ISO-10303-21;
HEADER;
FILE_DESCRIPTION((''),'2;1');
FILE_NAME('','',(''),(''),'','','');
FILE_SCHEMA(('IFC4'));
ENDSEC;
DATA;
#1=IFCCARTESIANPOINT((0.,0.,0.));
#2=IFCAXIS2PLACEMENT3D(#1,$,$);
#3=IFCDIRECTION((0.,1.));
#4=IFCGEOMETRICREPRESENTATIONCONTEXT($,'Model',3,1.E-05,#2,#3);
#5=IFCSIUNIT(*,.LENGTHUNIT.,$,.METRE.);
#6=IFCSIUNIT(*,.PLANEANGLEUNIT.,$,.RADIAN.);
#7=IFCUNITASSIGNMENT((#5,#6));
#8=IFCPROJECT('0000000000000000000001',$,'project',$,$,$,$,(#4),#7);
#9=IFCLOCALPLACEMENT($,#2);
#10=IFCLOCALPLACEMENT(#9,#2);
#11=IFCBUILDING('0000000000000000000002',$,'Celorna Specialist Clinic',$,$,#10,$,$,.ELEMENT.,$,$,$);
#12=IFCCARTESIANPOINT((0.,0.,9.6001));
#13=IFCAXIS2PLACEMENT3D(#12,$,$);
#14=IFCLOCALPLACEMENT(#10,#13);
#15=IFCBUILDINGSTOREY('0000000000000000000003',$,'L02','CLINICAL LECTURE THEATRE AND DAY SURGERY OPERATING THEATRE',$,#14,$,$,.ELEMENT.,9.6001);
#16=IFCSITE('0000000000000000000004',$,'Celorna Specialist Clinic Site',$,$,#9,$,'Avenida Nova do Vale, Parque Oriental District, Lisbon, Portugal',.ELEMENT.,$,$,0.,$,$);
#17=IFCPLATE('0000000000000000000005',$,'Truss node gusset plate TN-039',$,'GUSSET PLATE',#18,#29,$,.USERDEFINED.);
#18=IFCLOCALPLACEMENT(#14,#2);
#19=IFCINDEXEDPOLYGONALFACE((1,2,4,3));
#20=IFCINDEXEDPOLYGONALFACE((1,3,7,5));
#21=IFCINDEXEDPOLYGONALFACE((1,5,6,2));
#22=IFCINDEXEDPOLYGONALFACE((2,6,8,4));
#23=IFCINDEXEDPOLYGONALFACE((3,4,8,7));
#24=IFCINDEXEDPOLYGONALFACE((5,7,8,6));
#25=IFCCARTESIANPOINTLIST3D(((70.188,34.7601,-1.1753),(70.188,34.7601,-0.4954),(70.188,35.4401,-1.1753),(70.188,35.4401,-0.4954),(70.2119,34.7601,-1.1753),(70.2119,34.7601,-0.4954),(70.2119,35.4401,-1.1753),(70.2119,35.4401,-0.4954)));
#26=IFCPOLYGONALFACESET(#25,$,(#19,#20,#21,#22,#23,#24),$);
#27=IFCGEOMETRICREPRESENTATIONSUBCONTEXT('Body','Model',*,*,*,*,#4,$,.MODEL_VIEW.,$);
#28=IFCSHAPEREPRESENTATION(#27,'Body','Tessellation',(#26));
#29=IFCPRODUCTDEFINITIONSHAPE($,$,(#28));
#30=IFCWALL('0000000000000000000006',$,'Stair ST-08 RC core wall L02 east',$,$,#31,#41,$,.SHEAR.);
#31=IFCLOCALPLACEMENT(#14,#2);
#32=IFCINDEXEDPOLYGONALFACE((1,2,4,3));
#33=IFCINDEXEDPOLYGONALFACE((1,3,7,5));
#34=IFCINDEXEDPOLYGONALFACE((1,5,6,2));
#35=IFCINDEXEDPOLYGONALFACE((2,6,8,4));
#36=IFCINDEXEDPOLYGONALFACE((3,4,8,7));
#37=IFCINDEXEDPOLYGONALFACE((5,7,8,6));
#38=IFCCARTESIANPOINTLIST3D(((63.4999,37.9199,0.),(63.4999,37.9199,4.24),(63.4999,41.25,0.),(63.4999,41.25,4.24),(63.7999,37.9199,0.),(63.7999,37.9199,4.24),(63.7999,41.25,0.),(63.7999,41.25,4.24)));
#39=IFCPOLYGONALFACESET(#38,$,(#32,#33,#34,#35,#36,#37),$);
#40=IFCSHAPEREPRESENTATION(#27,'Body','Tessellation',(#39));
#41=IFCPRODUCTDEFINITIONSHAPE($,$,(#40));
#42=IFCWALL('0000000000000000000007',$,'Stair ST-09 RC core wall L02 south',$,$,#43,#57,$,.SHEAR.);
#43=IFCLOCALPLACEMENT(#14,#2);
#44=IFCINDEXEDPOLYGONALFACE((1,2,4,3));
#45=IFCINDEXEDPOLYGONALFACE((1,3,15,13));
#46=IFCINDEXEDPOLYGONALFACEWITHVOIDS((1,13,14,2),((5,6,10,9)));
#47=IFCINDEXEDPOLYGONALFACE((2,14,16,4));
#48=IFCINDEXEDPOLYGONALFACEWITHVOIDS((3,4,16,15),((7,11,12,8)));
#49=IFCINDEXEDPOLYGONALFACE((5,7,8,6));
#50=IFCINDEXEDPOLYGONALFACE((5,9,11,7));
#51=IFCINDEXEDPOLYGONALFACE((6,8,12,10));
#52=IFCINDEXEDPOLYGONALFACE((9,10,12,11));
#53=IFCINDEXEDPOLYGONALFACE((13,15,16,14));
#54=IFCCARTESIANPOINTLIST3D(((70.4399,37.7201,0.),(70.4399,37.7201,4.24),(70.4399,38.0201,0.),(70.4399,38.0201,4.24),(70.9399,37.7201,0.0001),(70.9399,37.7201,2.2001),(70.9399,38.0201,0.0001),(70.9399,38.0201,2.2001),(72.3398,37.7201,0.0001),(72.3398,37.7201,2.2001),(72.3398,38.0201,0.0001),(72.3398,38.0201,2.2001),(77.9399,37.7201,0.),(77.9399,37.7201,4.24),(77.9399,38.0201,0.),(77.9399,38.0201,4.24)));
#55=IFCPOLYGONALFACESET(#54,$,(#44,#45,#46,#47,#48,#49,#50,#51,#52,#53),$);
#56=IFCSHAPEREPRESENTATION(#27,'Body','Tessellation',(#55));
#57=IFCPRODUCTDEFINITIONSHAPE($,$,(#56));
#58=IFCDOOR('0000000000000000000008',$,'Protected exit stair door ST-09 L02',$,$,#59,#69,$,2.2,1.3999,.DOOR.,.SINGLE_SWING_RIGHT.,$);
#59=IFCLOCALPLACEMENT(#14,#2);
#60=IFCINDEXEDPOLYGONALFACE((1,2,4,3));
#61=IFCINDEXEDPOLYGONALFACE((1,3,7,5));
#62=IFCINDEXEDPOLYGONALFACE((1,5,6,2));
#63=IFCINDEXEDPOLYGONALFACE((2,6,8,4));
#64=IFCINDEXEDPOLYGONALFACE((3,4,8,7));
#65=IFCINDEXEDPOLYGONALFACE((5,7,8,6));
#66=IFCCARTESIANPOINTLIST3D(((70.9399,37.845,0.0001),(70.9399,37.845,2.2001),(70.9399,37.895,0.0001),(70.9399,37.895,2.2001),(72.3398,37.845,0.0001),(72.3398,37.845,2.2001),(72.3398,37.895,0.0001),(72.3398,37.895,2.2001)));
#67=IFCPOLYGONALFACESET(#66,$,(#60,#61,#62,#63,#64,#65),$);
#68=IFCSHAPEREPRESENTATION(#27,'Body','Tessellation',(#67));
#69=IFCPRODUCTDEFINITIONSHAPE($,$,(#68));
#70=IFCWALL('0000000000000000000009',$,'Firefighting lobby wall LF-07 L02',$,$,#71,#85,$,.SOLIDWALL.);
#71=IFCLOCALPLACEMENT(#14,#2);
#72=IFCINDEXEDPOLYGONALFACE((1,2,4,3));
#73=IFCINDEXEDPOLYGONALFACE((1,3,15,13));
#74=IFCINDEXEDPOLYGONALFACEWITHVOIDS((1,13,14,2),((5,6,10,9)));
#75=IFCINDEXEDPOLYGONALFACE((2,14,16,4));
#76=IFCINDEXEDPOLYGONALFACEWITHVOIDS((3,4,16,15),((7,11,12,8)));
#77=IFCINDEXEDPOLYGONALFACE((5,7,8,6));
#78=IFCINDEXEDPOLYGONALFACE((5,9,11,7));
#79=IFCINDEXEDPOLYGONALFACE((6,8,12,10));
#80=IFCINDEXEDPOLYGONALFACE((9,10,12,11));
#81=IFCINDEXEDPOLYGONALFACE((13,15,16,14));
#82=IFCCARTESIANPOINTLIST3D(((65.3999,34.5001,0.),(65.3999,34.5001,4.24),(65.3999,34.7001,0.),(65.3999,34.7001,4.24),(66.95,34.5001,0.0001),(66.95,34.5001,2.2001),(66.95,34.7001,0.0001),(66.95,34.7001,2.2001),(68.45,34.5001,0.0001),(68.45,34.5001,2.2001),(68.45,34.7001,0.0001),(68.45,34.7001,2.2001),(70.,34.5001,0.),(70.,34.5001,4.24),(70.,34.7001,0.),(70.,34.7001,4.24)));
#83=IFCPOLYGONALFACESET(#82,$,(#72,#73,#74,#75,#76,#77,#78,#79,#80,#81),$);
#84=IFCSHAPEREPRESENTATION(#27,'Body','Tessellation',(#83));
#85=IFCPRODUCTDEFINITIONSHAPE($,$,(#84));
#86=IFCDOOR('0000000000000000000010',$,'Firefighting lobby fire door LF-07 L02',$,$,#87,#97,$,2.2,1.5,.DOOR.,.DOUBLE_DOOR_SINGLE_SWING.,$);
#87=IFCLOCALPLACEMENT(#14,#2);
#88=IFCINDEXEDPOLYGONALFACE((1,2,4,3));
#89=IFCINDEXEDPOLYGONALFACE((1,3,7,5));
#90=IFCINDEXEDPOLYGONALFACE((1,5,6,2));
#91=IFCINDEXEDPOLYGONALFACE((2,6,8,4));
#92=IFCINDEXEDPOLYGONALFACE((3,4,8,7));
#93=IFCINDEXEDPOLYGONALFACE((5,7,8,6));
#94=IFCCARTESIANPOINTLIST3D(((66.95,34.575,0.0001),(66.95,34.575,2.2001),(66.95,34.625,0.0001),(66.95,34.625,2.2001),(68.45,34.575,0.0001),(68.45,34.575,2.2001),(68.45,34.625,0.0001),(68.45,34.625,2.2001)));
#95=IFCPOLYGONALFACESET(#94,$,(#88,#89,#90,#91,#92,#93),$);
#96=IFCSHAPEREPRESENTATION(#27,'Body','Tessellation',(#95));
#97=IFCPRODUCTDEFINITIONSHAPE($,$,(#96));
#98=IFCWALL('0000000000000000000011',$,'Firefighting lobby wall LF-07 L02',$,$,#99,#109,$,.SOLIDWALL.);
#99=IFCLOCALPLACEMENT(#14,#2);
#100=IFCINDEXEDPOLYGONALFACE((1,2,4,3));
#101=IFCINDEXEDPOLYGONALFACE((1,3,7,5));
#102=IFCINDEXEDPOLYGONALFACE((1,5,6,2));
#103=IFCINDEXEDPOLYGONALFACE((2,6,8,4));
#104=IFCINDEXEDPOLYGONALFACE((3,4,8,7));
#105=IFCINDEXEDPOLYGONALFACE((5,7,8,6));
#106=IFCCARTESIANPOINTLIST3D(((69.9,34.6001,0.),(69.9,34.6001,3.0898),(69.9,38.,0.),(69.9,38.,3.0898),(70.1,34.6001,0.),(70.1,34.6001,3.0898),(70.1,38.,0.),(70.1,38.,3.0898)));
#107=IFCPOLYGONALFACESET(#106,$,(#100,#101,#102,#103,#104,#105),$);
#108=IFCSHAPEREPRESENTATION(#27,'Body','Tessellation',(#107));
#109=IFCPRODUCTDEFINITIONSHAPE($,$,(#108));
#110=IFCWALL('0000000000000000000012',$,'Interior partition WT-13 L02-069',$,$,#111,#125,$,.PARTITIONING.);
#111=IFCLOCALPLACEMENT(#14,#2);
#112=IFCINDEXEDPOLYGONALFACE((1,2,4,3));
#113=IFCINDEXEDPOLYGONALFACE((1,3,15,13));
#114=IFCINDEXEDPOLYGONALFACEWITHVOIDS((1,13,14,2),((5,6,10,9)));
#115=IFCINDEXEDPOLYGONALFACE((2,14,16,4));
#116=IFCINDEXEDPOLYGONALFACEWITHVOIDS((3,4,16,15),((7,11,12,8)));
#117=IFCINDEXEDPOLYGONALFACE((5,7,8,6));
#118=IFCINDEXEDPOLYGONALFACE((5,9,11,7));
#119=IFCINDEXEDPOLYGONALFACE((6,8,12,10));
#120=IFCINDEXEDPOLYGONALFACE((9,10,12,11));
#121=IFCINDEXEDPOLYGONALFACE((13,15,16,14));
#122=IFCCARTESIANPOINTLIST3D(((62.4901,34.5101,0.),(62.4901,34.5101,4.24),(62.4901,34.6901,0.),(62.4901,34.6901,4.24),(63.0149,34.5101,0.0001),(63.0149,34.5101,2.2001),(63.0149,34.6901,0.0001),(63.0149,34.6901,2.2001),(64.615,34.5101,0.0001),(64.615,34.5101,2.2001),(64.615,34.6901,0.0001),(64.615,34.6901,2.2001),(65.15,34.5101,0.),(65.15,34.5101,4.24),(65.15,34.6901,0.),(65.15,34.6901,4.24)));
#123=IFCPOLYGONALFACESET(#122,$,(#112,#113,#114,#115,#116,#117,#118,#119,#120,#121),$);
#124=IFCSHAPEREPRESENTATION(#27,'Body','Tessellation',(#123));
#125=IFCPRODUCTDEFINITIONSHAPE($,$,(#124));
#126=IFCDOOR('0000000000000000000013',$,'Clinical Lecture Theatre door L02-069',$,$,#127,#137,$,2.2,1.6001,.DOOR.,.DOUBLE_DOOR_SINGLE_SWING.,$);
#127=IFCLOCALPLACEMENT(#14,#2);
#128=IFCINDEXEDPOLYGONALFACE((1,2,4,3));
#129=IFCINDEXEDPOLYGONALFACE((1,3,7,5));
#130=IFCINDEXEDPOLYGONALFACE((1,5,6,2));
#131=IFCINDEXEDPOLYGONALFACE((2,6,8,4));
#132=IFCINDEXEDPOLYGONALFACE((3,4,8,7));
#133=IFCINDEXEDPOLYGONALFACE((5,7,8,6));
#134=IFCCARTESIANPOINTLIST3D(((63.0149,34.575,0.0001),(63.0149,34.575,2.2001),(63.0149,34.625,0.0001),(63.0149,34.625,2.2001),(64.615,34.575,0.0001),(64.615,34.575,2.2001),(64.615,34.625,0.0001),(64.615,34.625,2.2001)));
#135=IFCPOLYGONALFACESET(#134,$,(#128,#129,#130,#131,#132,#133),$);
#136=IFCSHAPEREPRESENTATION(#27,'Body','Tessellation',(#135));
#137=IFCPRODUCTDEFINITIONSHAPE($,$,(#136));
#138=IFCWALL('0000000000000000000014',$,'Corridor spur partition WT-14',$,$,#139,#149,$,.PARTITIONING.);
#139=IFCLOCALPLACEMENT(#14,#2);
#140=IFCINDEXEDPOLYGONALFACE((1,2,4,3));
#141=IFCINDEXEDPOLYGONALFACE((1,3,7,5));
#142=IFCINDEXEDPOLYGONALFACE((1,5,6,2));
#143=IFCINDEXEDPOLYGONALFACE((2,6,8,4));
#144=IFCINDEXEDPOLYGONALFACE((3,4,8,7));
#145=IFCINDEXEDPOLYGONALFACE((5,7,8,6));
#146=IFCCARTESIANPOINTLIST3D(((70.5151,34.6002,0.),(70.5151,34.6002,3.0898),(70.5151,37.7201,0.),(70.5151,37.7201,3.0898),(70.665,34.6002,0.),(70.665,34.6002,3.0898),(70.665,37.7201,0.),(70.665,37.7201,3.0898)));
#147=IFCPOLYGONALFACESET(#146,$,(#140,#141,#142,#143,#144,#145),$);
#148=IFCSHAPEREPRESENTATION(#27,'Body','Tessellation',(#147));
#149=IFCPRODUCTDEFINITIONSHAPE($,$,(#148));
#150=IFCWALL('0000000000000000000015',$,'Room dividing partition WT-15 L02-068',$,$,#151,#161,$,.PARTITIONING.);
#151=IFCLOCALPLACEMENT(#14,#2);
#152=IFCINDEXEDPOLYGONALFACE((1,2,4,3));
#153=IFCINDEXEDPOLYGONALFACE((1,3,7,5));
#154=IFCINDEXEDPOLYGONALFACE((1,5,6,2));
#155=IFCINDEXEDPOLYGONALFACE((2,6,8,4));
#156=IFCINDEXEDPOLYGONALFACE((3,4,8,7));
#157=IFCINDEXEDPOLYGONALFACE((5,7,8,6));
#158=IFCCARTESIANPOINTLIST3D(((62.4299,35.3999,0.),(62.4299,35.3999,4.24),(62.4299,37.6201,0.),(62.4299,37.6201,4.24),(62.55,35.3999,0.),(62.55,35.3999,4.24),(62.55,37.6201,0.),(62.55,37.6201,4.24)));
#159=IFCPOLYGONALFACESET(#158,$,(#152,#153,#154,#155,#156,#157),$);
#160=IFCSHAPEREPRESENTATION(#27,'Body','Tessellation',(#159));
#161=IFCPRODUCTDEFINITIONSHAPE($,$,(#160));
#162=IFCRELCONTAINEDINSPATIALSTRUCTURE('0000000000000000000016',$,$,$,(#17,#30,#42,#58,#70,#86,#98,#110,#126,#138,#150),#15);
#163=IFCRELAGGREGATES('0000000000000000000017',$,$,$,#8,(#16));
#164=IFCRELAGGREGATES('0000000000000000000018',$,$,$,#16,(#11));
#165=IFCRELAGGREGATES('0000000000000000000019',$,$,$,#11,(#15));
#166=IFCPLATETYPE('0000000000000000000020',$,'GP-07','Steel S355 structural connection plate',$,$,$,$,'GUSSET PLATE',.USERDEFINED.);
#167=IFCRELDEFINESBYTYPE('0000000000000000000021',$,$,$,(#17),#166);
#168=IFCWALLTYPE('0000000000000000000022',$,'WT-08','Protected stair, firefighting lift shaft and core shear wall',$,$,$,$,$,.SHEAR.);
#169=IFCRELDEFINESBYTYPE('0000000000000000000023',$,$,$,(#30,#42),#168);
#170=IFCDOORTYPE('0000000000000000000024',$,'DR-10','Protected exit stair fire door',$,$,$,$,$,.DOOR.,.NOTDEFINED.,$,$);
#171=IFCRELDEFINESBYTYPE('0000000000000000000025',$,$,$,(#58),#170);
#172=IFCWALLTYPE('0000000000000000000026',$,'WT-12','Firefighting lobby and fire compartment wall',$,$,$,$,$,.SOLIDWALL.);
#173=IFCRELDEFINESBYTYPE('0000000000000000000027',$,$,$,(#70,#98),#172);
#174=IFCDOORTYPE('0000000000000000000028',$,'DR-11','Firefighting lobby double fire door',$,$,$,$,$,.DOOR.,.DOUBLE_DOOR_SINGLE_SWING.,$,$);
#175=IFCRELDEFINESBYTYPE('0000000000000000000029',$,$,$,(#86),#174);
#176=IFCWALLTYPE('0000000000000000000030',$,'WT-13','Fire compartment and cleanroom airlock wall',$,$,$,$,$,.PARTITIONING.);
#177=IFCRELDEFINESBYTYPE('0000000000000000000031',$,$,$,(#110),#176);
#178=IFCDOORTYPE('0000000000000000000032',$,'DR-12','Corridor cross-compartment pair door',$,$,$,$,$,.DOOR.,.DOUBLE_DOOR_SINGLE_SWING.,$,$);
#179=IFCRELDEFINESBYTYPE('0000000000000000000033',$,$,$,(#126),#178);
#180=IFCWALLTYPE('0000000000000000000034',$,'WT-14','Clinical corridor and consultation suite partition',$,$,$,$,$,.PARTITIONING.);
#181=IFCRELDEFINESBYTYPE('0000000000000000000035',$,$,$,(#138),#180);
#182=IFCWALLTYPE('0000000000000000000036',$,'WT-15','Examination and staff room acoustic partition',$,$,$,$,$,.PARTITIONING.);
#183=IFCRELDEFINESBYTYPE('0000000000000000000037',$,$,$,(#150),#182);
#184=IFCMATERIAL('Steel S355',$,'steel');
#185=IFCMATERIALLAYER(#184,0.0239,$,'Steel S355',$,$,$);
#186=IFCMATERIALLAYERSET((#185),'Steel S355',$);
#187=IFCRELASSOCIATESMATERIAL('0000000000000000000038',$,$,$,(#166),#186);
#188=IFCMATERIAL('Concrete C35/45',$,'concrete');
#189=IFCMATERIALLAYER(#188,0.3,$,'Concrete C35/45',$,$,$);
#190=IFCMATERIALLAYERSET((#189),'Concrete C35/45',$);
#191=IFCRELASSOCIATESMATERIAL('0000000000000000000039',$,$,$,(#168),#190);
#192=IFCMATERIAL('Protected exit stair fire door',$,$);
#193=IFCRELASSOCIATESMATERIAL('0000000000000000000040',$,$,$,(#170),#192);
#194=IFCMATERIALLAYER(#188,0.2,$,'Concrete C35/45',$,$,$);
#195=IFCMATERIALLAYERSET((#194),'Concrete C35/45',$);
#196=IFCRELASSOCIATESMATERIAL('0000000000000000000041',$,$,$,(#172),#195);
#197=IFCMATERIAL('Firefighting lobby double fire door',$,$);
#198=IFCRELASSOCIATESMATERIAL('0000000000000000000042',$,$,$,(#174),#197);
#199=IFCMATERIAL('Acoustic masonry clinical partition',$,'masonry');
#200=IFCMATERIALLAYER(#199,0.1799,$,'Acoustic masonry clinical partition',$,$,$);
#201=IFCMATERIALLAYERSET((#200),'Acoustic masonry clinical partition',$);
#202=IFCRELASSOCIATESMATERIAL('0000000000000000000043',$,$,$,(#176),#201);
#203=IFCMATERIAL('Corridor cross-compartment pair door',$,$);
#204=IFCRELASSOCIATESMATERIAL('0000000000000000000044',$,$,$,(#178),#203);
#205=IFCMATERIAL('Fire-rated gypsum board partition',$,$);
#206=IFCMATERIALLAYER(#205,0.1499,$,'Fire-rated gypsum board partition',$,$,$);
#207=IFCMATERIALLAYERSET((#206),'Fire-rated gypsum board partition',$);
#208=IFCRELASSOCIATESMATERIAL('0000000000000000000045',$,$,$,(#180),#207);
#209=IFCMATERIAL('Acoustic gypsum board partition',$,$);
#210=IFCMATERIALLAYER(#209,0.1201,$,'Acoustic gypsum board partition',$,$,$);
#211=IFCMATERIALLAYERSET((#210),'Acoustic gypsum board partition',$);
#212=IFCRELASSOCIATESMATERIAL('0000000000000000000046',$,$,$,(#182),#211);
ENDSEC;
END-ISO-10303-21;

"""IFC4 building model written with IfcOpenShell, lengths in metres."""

from ifc_helpers import new_model, si_unit, direction, frame, frame_2d, origin, origin_2d, place, context, subcontext, project, spatial, rectangle, extrude, material, layer, layer_set, type_object, element, fill, save


model = new_model("IFC4")

# Units and contexts
model_context = context("Model", 3, precision=1e-05, world=origin(), true_north=direction((0.0, 1.0)))
body_context = subcontext(model_context, "Body", "Model", "MODEL_VIEW")
ifc_project = project(units=[si_unit("LENGTHUNIT", "METRE"), si_unit("PLANEANGLEUNIT", "RADIAN")], contexts=[model_context])

# Site, building, storey
site_placement = place(None, origin())
site = spatial("IfcSite", under=ifc_project, at=site_placement, Name="Celorna Specialist Clinic Site", LongName="Avenida Nova do Vale, Parque Oriental District, Lisbon, Portugal", CompositionType="ELEMENT", RefElevation=0.0)
building_placement = place(site_placement, origin())
building = spatial("IfcBuilding", under=site, at=building_placement, Name="Celorna Specialist Clinic", CompositionType="ELEMENT")
storey_placement = place(building_placement, frame((0.0, 0.0, 9.6001)))
storey = spatial("IfcBuildingStorey", under=building, at=storey_placement, Name="L02", Description="CLINICAL LECTURE THEATRE AND DAY SURGERY OPERATING THEATRE", CompositionType="ELEMENT", Elevation=9.6001)

# Shared definitions
ifc_material_1 = material(Name="Steel S355", Category="steel")

# Plate
ifc_layer_1 = layer(ifc_material_1, 0.0239, Name="Steel S355")
ifc_layer_set_1 = layer_set([ifc_layer_1], Name="Steel S355")
plate_type = type_object("IfcPlateType", Name="GP-07", Description="Steel S355 structural connection plate", ElementType="GUSSET PLATE", PredefinedType="USERDEFINED", material=ifc_layer_set_1)
plate_placement = place(storey_placement, frame((70.2, 35.1001, -1.1753), z_axis=(0.0, 0.0, 1.0), x_axis=(0.0, 1.0, 0.0)))
element("IfcPlate", 1, at=plate_placement, inside=storey, type_object=plate_type, Name="Truss node gusset plate TN-039", ObjectType="GUSSET PLATE", PredefinedType="USERDEFINED", context=body_context, shape_type="SweptSolid", body=[
    extrude(rectangle(XDim=0.6799, YDim=0.0239, at=origin_2d()), origin(), (0.0, 0.0, 1.0), 0.6799),
])

# Wall
ifc_material_2 = material(Name="Concrete C35/45", Category="concrete")
ifc_layer_2 = layer(ifc_material_2, 0.3, Name="Concrete C35/45")
ifc_layer_set_2 = layer_set([ifc_layer_2], Name="Concrete C35/45")
wall_type_1 = type_object("IfcWallType", Name="WT-08", Description="Protected stair, firefighting lift shaft and core shear wall", PredefinedType="SHEAR", material=ifc_layer_set_2)
wall_1_placement = place(storey_placement, frame((63.6499, 37.9199, 0.0), z_axis=(0.0, 0.0, 1.0), x_axis=(0.0, 1.0, 0.0)))
element("IfcWall", 2, at=wall_1_placement, inside=storey, type_object=wall_type_1, Name="Stair ST-08 RC core wall L02 east", PredefinedType="SHEAR", context=body_context, shape_type="SweptSolid", body=[
    extrude(rectangle(XDim=3.3301, YDim=0.3, at=frame_2d((1.665, 0.0))), origin(), (0.0, 0.0, 1.0), 4.24),
])

# Walls, openings, doors
wall_2_placement = place(storey_placement, frame((70.4399, 37.8701, 0.0), z_axis=(0.0, 0.0, 1.0), x_axis=(1.0, 0.0, 0.0)))
wall_2 = element("IfcWall", 3, at=wall_2_placement, inside=storey, type_object=wall_type_1, Name="Stair ST-09 RC core wall L02 south", PredefinedType="SHEAR", context=body_context, shape_type="SweptSolid", body=[
    extrude(rectangle(XDim=7.5, YDim=0.3, at=frame_2d((3.75, 0.0))), origin(), (0.0, 0.0, 1.0), 4.24),
])
opening_1_placement = place(wall_2_placement, frame((0.5, 0.0, 0.0)))
opening_1 = element("IfcOpeningElement", 4, at=opening_1_placement, cuts=wall_2, PredefinedType="OPENING", context=body_context, shape_type="SweptSolid", body=[
    extrude(rectangle(XDim=1.3999, YDim=2.2, at=frame_2d((0.7, 1.1001))), frame((0.0, 0.1599, 0.0), z_axis=(0.0, -1.0, 0.0), x_axis=(1.0, 0.0, 0.0)), (0.0, 0.0, 1.0), 0.3201),
])
ifc_material_3 = material(Name="Protected exit stair fire door")
door_type_1 = type_object("IfcDoorType", Name="DR-10", Description="Protected exit stair fire door", OperationType="NOTDEFINED", PredefinedType="DOOR", material=ifc_material_3)
door_1_placement = place(opening_1_placement, origin())
door_1 = element("IfcDoor", 5, at=door_1_placement, inside=storey, type_object=door_type_1, Name="Protected exit stair door ST-09 L02", OperationType="SINGLE_SWING_RIGHT", OverallHeight=2.2, OverallWidth=1.3999, PredefinedType="DOOR", context=body_context, shape_type="SweptSolid", body=[
    extrude(rectangle(XDim=1.3999, YDim=2.2, at=frame_2d((0.7, 1.1001))), frame((0.0, 0.0249, 0.0), z_axis=(0.0, -1.0, 0.0), x_axis=(1.0, 0.0, 0.0)), (0.0, 0.0, 1.0), 0.05),
])
fill(opening_1, door_1)
ifc_layer_3 = layer(ifc_material_2, 0.2, Name="Concrete C35/45")
ifc_layer_set_3 = layer_set([ifc_layer_3], Name="Concrete C35/45")
wall_type_2 = type_object("IfcWallType", Name="WT-12", Description="Firefighting lobby and fire compartment wall", PredefinedType="SOLIDWALL", material=ifc_layer_set_3)
wall_3_placement = place(storey_placement, frame((65.3999, 34.6001, 0.0), z_axis=(0.0, 0.0, 1.0), x_axis=(1.0, 0.0, 0.0)))
wall_3 = element("IfcWall", 6, at=wall_3_placement, inside=storey, type_object=wall_type_2, Name="Firefighting lobby wall LF-07 L02", PredefinedType="SOLIDWALL", context=body_context, shape_type="SweptSolid", body=[
    extrude(rectangle(XDim=4.6001, YDim=0.2, at=frame_2d((2.3, 0.0))), origin(), (0.0, 0.0, 1.0), 4.24),
])
opening_2_placement = place(wall_3_placement, frame((1.55, 0.0, 0.0)))
opening_2 = element("IfcOpeningElement", 7, at=opening_2_placement, cuts=wall_3, PredefinedType="OPENING", context=body_context, shape_type="SweptSolid", body=[
    extrude(rectangle(XDim=1.5, YDim=2.2, at=frame_2d((0.75, 1.1001))), frame((0.0, 0.1099, 0.0), z_axis=(0.0, -1.0, 0.0), x_axis=(1.0, 0.0, 0.0)), (0.0, 0.0, 1.0), 0.22),
])
ifc_material_4 = material(Name="Firefighting lobby double fire door")
door_type_2 = type_object("IfcDoorType", Name="DR-11", Description="Firefighting lobby double fire door", OperationType="DOUBLE_DOOR_SINGLE_SWING", PredefinedType="DOOR", material=ifc_material_4)
door_2_placement = place(opening_2_placement, origin())
door_2 = element("IfcDoor", 8, at=door_2_placement, inside=storey, type_object=door_type_2, Name="Firefighting lobby fire door LF-07 L02", OperationType="DOUBLE_DOOR_SINGLE_SWING", OverallHeight=2.2, OverallWidth=1.5, PredefinedType="DOOR", context=body_context, shape_type="SweptSolid", body=[
    extrude(rectangle(XDim=1.5, YDim=2.2, at=frame_2d((0.75, 1.1001))), frame((0.0, 0.0249, 0.0), z_axis=(0.0, -1.0, 0.0), x_axis=(1.0, 0.0, 0.0)), (0.0, 0.0, 1.0), 0.05),
])
fill(opening_2, door_2)

# Wall
wall_4_placement = place(storey_placement, frame((70.0, 34.6001, 0.0), z_axis=(0.0, 0.0, 1.0), x_axis=(0.0, 1.0, 0.0)))
element("IfcWall", 9, at=wall_4_placement, inside=storey, type_object=wall_type_2, Name="Firefighting lobby wall LF-07 L02", PredefinedType="SOLIDWALL", context=body_context, shape_type="SweptSolid", body=[
    extrude(rectangle(XDim=3.3999, YDim=0.2, at=frame_2d((1.7, 0.0))), origin(), (0.0, 0.0, 1.0), 3.0898),
])

# Wall, opening, door
ifc_material_5 = material(Name="Acoustic masonry clinical partition", Category="masonry")
ifc_layer_4 = layer(ifc_material_5, 0.1799, Name="Acoustic masonry clinical partition")
ifc_layer_set_4 = layer_set([ifc_layer_4], Name="Acoustic masonry clinical partition")
wall_type_3 = type_object("IfcWallType", Name="WT-13", Description="Fire compartment and cleanroom airlock wall", PredefinedType="PARTITIONING", material=ifc_layer_set_4)
wall_5_placement = place(storey_placement, frame((62.49, 34.6001, 0.0), z_axis=(0.0, 0.0, 1.0), x_axis=(1.0, 0.0, 0.0)))
wall_5 = element("IfcWall", 10, at=wall_5_placement, inside=storey, type_object=wall_type_3, Name="Interior partition WT-13 L02-069", PredefinedType="PARTITIONING", context=body_context, shape_type="SweptSolid", body=[
    extrude(rectangle(XDim=2.6599, YDim=0.1799, at=frame_2d((1.3301, 0.0))), origin(), (0.0, 0.0, 1.0), 4.24),
])
opening_3_placement = place(wall_5_placement, frame((0.5249, 0.0, 0.0)))
opening_3 = element("IfcOpeningElement", 11, at=opening_3_placement, cuts=wall_5, PredefinedType="OPENING", context=body_context, shape_type="SweptSolid", body=[
    extrude(rectangle(XDim=1.6001, YDim=2.2, at=frame_2d((0.8, 1.1001))), frame((0.0, 0.0999, 0.0), z_axis=(0.0, -1.0, 0.0), x_axis=(1.0, 0.0, 0.0)), (0.0, 0.0, 1.0), 0.2),
])
ifc_material_6 = material(Name="Corridor cross-compartment pair door")
door_type_3 = type_object("IfcDoorType", Name="DR-12", Description="Corridor cross-compartment pair door", OperationType="DOUBLE_DOOR_SINGLE_SWING", PredefinedType="DOOR", material=ifc_material_6)
door_3_placement = place(opening_3_placement, origin())
door_3 = element("IfcDoor", 12, at=door_3_placement, inside=storey, type_object=door_type_3, Name="Clinical Lecture Theatre door L02-069", OperationType="DOUBLE_DOOR_SINGLE_SWING", OverallHeight=2.2, OverallWidth=1.6001, PredefinedType="DOOR", context=body_context, shape_type="SweptSolid", body=[
    extrude(rectangle(XDim=1.6001, YDim=2.2, at=frame_2d((0.8, 1.1001))), frame((0.0, 0.0249, 0.0), z_axis=(0.0, -1.0, 0.0), x_axis=(1.0, 0.0, 0.0)), (0.0, 0.0, 1.0), 0.05),
])
fill(opening_3, door_3)

# Walls
ifc_material_7 = material(Name="Fire-rated gypsum board partition")
ifc_layer_5 = layer(ifc_material_7, 0.1499, Name="Fire-rated gypsum board partition")
ifc_layer_set_5 = layer_set([ifc_layer_5], Name="Fire-rated gypsum board partition")
wall_type_4 = type_object("IfcWallType", Name="WT-14", Description="Clinical corridor and consultation suite partition", PredefinedType="PARTITIONING", material=ifc_layer_set_5)
wall_6_placement = place(storey_placement, frame((70.5901, 34.6001, 0.0), z_axis=(0.0, 0.0, 1.0), x_axis=(0.0, 1.0, 0.0)))
element("IfcWall", 13, at=wall_6_placement, inside=storey, type_object=wall_type_4, Name="Corridor spur partition WT-14", PredefinedType="PARTITIONING", context=body_context, shape_type="SweptSolid", body=[
    extrude(rectangle(XDim=3.1199, YDim=0.1499, at=frame_2d((1.5601, 0.0))), origin(), (0.0, 0.0, 1.0), 3.0898),
])
ifc_material_8 = material(Name="Acoustic gypsum board partition")
ifc_layer_6 = layer(ifc_material_8, 0.1201, Name="Acoustic gypsum board partition")
ifc_layer_set_6 = layer_set([ifc_layer_6], Name="Acoustic gypsum board partition")
wall_type_5 = type_object("IfcWallType", Name="WT-15", Description="Examination and staff room acoustic partition", PredefinedType="PARTITIONING", material=ifc_layer_set_6)
wall_7_placement = place(storey_placement, frame((62.49, 35.3999, 0.0), z_axis=(0.0, 0.0, 1.0), x_axis=(0.0, 1.0, 0.0)))
element("IfcWall", 14, at=wall_7_placement, inside=storey, type_object=wall_type_5, Name="Room dividing partition WT-15 L02-068", PredefinedType="PARTITIONING", context=body_context, shape_type="SweptSolid", body=[
    extrude(rectangle(XDim=2.2202, YDim=0.1201, at=frame_2d((1.1101, 0.0))), origin(), (0.0, 0.0, 1.0), 4.24),
])

save(model, "model.ifc")
